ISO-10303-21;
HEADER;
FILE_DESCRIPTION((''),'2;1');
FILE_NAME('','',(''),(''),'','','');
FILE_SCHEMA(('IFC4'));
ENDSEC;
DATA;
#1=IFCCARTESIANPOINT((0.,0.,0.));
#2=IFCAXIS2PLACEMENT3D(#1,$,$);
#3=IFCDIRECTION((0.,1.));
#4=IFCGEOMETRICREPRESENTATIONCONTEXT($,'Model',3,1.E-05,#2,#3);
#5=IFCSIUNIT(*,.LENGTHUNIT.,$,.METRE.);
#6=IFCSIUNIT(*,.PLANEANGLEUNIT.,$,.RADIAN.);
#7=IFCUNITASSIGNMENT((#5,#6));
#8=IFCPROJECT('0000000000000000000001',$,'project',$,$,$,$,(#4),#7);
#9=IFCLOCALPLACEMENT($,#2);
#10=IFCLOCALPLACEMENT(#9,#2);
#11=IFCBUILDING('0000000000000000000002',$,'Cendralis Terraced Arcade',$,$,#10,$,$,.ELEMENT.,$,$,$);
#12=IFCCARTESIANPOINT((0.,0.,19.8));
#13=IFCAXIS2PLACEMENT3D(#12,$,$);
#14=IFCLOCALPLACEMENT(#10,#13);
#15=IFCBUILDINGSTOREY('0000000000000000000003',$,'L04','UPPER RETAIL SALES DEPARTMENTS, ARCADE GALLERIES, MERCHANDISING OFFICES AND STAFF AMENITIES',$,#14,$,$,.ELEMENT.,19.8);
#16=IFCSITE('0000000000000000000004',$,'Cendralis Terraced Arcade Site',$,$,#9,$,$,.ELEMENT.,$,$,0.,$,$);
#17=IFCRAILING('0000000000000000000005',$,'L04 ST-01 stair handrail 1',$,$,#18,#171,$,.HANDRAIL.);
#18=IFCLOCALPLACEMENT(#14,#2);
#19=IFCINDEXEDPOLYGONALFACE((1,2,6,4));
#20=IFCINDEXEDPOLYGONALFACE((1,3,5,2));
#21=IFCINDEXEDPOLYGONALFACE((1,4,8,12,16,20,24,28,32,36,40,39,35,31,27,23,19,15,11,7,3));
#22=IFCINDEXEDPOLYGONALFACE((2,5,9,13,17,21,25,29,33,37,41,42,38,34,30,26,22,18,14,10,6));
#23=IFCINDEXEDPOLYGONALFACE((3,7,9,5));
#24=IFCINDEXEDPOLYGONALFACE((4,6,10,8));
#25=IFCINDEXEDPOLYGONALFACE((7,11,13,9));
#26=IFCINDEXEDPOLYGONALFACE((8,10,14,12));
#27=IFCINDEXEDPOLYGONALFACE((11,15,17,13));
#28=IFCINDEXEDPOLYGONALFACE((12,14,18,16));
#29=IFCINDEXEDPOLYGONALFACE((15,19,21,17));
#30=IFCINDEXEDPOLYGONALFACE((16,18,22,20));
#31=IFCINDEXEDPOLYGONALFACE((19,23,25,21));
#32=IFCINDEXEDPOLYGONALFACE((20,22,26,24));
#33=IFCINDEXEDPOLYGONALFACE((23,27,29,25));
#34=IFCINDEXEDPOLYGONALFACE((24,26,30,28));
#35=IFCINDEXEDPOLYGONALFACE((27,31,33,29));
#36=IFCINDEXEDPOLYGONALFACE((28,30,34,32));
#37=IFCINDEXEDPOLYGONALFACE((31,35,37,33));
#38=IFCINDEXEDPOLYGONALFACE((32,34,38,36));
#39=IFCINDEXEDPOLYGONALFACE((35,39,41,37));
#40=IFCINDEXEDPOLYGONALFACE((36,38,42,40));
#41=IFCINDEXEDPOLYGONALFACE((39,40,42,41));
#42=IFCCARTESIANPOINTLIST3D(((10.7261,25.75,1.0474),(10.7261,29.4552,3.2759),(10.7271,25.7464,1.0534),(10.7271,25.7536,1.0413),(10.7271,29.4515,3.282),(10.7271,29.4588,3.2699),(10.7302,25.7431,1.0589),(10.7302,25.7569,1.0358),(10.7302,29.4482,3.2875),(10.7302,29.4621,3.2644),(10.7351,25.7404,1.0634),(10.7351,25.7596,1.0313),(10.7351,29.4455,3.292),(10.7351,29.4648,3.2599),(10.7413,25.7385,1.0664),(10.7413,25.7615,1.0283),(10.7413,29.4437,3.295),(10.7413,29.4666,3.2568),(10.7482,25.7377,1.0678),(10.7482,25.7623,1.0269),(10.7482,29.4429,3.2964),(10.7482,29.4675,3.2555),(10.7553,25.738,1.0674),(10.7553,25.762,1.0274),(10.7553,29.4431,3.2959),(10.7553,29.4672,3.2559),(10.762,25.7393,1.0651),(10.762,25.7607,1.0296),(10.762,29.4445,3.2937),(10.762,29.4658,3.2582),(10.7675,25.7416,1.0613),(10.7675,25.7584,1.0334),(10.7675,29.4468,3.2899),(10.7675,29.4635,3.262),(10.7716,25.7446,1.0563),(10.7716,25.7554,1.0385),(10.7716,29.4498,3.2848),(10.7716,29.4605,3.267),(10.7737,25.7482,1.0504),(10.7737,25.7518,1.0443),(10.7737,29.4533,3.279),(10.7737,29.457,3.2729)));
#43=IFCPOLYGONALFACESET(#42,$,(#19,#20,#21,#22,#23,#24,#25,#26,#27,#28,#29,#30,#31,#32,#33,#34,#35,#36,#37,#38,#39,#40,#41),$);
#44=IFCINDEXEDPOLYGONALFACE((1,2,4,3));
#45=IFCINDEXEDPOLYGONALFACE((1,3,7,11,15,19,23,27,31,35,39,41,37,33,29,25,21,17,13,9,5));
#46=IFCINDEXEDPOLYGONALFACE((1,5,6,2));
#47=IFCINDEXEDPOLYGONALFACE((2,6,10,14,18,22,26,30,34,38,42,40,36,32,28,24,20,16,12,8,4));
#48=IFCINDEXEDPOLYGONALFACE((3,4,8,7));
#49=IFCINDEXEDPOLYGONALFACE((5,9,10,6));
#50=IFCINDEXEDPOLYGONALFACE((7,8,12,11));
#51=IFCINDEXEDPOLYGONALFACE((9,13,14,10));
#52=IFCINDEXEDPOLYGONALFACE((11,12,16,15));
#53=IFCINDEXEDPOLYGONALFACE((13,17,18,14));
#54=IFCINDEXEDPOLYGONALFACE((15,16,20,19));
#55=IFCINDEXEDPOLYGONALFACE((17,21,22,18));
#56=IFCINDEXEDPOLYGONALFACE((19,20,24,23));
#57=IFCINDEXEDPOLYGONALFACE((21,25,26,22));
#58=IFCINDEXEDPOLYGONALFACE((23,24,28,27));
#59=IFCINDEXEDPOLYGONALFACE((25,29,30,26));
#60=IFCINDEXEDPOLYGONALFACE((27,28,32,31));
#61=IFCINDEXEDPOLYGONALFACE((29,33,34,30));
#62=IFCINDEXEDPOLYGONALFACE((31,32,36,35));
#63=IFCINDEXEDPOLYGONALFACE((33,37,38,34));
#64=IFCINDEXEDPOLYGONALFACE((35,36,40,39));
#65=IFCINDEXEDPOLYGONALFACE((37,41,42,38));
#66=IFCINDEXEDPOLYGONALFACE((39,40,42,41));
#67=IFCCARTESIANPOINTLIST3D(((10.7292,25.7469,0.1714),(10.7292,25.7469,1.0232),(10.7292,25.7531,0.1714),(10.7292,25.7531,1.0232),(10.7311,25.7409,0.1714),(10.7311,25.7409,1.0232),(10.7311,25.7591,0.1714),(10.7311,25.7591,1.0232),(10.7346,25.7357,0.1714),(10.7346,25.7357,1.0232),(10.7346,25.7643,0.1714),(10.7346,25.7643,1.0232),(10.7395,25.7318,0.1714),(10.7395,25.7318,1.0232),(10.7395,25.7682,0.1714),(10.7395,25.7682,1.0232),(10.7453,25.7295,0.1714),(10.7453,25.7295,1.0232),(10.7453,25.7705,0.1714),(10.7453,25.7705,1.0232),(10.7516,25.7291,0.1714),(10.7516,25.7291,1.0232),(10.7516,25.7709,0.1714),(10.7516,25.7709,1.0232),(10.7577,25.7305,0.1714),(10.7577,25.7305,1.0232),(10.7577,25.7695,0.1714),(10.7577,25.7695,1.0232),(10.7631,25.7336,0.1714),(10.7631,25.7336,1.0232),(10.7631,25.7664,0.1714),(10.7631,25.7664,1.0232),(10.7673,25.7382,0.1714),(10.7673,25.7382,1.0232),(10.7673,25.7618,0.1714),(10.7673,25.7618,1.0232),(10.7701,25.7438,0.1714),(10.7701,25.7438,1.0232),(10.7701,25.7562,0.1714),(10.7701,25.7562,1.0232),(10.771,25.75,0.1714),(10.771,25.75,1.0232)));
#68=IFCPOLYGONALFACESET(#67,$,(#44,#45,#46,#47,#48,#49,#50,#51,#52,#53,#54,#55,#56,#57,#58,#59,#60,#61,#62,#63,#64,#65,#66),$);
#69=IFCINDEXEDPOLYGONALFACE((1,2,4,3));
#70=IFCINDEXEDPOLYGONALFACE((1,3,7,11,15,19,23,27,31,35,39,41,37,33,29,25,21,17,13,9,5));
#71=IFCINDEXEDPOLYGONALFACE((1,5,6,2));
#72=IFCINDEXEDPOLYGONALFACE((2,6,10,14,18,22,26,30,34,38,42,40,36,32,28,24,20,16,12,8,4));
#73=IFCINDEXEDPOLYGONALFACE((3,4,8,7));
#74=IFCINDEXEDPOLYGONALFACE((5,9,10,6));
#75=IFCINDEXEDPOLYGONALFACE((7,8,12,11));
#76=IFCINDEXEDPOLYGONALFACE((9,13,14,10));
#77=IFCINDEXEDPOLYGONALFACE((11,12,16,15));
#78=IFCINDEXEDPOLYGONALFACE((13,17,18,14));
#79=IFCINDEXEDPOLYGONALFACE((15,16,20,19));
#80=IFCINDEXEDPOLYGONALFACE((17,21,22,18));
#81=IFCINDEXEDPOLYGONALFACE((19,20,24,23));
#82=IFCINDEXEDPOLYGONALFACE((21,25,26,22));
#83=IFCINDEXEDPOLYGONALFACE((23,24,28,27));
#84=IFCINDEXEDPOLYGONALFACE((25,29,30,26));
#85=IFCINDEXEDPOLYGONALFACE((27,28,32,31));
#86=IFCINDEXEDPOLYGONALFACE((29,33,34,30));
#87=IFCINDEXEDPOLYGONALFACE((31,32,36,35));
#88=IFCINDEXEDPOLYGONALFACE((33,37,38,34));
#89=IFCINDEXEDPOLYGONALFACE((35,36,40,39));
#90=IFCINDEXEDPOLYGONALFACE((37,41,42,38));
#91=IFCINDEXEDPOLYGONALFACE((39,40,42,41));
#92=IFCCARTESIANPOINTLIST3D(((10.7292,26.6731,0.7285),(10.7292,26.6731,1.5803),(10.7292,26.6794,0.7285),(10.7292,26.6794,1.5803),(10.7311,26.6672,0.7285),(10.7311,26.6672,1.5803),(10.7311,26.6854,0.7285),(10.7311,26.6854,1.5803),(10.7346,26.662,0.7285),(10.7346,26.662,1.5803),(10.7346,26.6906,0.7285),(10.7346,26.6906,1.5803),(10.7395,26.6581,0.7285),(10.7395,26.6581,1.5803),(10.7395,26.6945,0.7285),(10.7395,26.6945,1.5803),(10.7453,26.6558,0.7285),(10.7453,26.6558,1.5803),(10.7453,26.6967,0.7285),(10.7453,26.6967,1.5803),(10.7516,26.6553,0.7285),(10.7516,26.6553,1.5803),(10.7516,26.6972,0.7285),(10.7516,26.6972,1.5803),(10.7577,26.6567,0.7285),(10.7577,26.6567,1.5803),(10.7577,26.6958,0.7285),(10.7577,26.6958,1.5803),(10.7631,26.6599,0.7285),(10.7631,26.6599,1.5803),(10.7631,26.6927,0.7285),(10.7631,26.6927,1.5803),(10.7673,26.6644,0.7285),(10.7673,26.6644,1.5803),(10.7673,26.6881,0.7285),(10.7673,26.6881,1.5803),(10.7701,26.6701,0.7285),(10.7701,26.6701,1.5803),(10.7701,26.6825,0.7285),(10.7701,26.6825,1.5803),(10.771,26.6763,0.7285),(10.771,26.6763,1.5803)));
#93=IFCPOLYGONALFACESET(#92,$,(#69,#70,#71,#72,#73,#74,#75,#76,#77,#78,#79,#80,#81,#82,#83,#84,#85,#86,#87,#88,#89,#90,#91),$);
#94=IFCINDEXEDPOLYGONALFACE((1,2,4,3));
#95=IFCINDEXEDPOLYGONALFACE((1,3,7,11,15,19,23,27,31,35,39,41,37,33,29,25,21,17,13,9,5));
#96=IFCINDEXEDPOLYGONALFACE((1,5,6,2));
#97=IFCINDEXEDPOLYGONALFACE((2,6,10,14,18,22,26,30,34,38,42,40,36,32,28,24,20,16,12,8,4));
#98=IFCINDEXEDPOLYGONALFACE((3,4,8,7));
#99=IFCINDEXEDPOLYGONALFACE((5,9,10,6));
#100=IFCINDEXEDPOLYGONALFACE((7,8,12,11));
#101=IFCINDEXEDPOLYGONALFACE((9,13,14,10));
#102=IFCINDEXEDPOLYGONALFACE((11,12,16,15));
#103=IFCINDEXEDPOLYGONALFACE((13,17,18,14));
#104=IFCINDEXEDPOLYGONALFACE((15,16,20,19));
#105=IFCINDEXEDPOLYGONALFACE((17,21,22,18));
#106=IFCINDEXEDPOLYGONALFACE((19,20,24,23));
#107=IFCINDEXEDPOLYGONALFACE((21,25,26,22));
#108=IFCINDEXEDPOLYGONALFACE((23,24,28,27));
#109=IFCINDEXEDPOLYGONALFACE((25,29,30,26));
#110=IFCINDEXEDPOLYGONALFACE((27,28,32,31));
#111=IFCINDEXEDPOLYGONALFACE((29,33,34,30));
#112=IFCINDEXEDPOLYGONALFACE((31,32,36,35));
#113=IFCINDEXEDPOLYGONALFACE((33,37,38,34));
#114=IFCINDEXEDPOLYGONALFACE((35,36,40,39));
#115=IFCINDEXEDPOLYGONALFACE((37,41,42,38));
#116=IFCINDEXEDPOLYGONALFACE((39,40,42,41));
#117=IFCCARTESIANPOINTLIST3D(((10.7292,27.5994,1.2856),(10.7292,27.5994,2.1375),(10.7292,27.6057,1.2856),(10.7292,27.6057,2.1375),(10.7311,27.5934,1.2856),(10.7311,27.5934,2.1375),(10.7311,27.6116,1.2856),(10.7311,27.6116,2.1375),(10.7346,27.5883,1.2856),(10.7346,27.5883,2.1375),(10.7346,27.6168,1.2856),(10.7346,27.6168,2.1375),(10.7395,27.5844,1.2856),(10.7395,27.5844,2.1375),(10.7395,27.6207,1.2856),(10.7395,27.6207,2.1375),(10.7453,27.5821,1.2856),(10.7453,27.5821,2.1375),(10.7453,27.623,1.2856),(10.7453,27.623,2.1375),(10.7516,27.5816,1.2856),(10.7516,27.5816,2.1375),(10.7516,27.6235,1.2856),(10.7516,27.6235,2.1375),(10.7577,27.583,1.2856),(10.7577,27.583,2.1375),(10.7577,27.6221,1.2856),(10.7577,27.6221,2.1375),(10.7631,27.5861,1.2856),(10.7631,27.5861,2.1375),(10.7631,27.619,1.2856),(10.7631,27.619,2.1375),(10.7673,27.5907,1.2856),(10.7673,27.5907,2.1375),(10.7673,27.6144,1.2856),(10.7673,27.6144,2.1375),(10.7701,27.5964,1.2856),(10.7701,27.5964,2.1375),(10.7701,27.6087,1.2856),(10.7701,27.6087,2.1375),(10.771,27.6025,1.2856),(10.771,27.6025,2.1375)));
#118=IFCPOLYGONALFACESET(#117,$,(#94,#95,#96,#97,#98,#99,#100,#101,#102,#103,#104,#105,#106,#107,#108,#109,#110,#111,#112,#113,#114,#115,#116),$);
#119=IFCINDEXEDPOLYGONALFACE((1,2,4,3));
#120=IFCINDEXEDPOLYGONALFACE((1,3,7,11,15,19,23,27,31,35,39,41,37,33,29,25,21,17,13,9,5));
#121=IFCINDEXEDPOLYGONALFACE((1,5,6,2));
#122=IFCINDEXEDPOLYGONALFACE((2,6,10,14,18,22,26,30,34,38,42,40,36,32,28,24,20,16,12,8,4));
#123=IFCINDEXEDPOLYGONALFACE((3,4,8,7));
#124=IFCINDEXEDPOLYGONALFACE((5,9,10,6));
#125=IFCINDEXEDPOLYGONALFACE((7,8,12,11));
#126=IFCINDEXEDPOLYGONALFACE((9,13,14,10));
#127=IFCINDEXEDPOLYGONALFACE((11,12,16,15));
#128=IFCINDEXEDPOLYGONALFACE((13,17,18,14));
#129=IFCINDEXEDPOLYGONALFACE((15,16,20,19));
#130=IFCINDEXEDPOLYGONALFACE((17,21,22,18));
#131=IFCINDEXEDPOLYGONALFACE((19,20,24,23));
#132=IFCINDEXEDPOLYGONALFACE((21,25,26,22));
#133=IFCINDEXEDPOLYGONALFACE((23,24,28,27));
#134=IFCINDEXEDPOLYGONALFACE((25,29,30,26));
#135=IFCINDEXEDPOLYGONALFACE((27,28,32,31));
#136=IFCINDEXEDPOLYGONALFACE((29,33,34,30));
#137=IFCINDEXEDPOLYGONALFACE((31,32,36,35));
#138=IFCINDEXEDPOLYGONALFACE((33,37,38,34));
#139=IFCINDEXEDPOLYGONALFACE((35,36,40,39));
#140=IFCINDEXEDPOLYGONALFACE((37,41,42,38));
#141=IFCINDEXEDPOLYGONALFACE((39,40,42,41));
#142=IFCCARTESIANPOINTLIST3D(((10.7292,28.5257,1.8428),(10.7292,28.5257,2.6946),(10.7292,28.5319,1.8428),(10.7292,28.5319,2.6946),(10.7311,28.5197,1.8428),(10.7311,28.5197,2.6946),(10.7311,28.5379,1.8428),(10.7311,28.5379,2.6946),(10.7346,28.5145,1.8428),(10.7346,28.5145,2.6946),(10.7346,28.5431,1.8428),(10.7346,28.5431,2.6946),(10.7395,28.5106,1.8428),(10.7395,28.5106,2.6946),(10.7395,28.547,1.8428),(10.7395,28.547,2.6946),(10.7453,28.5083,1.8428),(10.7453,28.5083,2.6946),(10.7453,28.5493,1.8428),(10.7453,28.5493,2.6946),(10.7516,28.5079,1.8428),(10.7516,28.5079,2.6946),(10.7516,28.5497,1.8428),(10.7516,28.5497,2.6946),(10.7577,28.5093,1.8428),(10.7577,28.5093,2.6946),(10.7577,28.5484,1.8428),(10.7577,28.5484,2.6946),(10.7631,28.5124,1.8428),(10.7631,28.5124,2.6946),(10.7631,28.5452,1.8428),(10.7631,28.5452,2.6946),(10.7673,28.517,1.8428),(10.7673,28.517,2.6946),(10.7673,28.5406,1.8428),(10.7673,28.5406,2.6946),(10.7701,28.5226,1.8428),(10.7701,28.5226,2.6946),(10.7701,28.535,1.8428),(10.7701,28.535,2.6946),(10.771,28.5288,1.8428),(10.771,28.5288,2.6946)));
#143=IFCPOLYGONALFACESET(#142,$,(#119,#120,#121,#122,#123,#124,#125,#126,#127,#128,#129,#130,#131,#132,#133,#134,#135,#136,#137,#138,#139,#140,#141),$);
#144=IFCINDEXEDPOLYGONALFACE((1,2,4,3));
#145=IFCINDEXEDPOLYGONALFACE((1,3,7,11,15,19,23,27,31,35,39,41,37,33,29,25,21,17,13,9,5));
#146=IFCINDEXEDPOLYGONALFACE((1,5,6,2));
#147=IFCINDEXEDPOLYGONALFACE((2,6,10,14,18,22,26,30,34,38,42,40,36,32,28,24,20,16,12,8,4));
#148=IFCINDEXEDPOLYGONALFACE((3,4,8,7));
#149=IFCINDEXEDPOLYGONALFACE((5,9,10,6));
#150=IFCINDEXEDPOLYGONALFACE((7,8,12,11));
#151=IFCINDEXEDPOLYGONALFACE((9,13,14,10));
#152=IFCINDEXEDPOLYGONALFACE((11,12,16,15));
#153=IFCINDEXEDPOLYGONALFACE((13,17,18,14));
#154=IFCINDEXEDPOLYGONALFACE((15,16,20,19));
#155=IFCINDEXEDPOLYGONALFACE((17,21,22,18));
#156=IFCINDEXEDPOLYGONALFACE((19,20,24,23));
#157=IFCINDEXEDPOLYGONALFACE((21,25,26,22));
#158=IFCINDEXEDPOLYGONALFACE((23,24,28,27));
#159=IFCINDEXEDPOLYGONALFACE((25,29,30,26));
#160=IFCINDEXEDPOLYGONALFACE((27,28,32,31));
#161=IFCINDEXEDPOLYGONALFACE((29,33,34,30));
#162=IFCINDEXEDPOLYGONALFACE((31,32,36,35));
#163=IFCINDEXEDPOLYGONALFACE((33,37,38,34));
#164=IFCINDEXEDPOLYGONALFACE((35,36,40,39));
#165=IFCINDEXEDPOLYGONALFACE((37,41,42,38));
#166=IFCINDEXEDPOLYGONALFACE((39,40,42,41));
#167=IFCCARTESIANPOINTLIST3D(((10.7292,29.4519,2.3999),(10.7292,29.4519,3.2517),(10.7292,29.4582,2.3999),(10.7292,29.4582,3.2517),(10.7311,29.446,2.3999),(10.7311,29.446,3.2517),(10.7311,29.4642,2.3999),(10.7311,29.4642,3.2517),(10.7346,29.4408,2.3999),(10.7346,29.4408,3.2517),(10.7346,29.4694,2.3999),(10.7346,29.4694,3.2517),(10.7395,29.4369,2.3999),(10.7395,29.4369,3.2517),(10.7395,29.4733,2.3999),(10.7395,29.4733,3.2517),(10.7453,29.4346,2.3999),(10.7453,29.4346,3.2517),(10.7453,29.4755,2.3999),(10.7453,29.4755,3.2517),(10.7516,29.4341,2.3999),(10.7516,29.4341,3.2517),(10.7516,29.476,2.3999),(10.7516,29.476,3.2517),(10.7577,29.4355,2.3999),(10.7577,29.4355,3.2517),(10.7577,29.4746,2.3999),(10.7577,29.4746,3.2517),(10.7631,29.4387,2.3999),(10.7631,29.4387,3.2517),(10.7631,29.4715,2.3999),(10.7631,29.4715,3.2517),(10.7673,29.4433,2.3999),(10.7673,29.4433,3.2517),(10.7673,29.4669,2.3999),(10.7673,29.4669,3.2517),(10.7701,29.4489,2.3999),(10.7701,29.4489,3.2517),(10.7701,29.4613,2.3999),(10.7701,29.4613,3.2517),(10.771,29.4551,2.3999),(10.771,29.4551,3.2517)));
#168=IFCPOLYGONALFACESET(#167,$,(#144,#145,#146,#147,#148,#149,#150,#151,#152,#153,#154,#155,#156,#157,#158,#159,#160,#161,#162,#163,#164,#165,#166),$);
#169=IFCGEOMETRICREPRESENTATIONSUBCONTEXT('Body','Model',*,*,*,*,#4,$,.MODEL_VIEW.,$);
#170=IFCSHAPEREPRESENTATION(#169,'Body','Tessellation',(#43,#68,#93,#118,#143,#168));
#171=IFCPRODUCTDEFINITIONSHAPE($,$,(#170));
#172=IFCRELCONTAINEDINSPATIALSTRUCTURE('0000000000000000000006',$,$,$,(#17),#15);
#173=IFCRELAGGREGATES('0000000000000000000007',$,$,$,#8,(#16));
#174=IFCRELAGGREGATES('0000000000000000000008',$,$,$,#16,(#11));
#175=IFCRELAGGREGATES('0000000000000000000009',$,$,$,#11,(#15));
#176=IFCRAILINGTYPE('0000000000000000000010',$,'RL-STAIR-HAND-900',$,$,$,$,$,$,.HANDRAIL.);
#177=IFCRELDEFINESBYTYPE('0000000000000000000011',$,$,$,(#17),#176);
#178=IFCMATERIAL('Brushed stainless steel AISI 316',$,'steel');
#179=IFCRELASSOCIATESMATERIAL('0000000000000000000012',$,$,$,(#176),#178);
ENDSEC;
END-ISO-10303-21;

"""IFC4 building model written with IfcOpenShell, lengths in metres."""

from ifc_helpers import new_model, si_unit, direction, frame, origin, origin_2d, place, context, subcontext, project, spatial, circle, extrude, material, type_object, element, save


model = new_model("IFC4")

# Units and contexts
model_context = context("Model", 3, precision=1e-05, world=origin(), true_north=direction((0.0, 1.0)))
body_context = subcontext(model_context, "Body", "Model", "MODEL_VIEW")
ifc_project = project(units=[si_unit("LENGTHUNIT", "METRE"), si_unit("PLANEANGLEUNIT", "RADIAN")], contexts=[model_context])

# Site, building, storey
site_placement = place(None, origin())
site = spatial("IfcSite", under=ifc_project, at=site_placement, Name="Cendralis Terraced Arcade Site", CompositionType="ELEMENT", RefElevation=0.0)
building_placement = place(site_placement, origin())
building = spatial("IfcBuilding", under=site, at=building_placement, Name="Cendralis Terraced Arcade", CompositionType="ELEMENT")
storey_placement = place(building_placement, frame((0.0, 0.0, 19.8)))
storey = spatial("IfcBuildingStorey", under=building, at=storey_placement, Name="L04", Description="UPPER RETAIL SALES DEPARTMENTS, ARCADE GALLERIES, MERCHANDISING OFFICES AND STAFF AMENITIES", CompositionType="ELEMENT", Elevation=19.8)

# Railing
ifc_material_1 = material(Name="Brushed stainless steel AISI 316", Category="steel")
railing_type_1 = type_object("IfcRailingType", Name="RL-STAIR-HAND-900", PredefinedType="HANDRAIL", material=ifc_material_1)
railing_1_placement = place(storey_placement, frame((10.75, 25.75, 0.1714)))
element("IfcRailing", 1, at=railing_1_placement, inside=storey, type_object=railing_type_1, Name="L04 ST-01 stair handrail 1", PredefinedType="HANDRAIL", context=body_context, shape_type="SweptSolid", body=[
    extrude(circle(Radius=0.0239, at=origin_2d()), frame((0.0, 0.0, 0.876), z_axis=(0.0, 0.856934, 0.515425), x_axis=(-1.0, 0.0, 0.0)), (0.0, 0.0, 1.0), 4.3237),
    extrude(circle(Radius=0.021, at=origin_2d()), origin(), (0.0, 0.0, 1.0), 0.8518),
    extrude(circle(Radius=0.021, at=origin_2d()), frame((0.0, 0.9263, 0.5571)), (0.0, 0.0, 1.0), 0.8518),
    extrude(circle(Radius=0.021, at=origin_2d()), frame((0.0, 1.8525, 1.1143)), (0.0, 0.0, 1.0), 0.8518),
    extrude(circle(Radius=0.021, at=origin_2d()), frame((0.0, 2.7788, 1.6714)), (0.0, 0.0, 1.0), 0.8518),
    extrude(circle(Radius=0.021, at=origin_2d()), frame((0.0, 3.7051, 2.2285)), (0.0, 0.0, 1.0), 0.8518),
])

save(model, "model.ifc")
